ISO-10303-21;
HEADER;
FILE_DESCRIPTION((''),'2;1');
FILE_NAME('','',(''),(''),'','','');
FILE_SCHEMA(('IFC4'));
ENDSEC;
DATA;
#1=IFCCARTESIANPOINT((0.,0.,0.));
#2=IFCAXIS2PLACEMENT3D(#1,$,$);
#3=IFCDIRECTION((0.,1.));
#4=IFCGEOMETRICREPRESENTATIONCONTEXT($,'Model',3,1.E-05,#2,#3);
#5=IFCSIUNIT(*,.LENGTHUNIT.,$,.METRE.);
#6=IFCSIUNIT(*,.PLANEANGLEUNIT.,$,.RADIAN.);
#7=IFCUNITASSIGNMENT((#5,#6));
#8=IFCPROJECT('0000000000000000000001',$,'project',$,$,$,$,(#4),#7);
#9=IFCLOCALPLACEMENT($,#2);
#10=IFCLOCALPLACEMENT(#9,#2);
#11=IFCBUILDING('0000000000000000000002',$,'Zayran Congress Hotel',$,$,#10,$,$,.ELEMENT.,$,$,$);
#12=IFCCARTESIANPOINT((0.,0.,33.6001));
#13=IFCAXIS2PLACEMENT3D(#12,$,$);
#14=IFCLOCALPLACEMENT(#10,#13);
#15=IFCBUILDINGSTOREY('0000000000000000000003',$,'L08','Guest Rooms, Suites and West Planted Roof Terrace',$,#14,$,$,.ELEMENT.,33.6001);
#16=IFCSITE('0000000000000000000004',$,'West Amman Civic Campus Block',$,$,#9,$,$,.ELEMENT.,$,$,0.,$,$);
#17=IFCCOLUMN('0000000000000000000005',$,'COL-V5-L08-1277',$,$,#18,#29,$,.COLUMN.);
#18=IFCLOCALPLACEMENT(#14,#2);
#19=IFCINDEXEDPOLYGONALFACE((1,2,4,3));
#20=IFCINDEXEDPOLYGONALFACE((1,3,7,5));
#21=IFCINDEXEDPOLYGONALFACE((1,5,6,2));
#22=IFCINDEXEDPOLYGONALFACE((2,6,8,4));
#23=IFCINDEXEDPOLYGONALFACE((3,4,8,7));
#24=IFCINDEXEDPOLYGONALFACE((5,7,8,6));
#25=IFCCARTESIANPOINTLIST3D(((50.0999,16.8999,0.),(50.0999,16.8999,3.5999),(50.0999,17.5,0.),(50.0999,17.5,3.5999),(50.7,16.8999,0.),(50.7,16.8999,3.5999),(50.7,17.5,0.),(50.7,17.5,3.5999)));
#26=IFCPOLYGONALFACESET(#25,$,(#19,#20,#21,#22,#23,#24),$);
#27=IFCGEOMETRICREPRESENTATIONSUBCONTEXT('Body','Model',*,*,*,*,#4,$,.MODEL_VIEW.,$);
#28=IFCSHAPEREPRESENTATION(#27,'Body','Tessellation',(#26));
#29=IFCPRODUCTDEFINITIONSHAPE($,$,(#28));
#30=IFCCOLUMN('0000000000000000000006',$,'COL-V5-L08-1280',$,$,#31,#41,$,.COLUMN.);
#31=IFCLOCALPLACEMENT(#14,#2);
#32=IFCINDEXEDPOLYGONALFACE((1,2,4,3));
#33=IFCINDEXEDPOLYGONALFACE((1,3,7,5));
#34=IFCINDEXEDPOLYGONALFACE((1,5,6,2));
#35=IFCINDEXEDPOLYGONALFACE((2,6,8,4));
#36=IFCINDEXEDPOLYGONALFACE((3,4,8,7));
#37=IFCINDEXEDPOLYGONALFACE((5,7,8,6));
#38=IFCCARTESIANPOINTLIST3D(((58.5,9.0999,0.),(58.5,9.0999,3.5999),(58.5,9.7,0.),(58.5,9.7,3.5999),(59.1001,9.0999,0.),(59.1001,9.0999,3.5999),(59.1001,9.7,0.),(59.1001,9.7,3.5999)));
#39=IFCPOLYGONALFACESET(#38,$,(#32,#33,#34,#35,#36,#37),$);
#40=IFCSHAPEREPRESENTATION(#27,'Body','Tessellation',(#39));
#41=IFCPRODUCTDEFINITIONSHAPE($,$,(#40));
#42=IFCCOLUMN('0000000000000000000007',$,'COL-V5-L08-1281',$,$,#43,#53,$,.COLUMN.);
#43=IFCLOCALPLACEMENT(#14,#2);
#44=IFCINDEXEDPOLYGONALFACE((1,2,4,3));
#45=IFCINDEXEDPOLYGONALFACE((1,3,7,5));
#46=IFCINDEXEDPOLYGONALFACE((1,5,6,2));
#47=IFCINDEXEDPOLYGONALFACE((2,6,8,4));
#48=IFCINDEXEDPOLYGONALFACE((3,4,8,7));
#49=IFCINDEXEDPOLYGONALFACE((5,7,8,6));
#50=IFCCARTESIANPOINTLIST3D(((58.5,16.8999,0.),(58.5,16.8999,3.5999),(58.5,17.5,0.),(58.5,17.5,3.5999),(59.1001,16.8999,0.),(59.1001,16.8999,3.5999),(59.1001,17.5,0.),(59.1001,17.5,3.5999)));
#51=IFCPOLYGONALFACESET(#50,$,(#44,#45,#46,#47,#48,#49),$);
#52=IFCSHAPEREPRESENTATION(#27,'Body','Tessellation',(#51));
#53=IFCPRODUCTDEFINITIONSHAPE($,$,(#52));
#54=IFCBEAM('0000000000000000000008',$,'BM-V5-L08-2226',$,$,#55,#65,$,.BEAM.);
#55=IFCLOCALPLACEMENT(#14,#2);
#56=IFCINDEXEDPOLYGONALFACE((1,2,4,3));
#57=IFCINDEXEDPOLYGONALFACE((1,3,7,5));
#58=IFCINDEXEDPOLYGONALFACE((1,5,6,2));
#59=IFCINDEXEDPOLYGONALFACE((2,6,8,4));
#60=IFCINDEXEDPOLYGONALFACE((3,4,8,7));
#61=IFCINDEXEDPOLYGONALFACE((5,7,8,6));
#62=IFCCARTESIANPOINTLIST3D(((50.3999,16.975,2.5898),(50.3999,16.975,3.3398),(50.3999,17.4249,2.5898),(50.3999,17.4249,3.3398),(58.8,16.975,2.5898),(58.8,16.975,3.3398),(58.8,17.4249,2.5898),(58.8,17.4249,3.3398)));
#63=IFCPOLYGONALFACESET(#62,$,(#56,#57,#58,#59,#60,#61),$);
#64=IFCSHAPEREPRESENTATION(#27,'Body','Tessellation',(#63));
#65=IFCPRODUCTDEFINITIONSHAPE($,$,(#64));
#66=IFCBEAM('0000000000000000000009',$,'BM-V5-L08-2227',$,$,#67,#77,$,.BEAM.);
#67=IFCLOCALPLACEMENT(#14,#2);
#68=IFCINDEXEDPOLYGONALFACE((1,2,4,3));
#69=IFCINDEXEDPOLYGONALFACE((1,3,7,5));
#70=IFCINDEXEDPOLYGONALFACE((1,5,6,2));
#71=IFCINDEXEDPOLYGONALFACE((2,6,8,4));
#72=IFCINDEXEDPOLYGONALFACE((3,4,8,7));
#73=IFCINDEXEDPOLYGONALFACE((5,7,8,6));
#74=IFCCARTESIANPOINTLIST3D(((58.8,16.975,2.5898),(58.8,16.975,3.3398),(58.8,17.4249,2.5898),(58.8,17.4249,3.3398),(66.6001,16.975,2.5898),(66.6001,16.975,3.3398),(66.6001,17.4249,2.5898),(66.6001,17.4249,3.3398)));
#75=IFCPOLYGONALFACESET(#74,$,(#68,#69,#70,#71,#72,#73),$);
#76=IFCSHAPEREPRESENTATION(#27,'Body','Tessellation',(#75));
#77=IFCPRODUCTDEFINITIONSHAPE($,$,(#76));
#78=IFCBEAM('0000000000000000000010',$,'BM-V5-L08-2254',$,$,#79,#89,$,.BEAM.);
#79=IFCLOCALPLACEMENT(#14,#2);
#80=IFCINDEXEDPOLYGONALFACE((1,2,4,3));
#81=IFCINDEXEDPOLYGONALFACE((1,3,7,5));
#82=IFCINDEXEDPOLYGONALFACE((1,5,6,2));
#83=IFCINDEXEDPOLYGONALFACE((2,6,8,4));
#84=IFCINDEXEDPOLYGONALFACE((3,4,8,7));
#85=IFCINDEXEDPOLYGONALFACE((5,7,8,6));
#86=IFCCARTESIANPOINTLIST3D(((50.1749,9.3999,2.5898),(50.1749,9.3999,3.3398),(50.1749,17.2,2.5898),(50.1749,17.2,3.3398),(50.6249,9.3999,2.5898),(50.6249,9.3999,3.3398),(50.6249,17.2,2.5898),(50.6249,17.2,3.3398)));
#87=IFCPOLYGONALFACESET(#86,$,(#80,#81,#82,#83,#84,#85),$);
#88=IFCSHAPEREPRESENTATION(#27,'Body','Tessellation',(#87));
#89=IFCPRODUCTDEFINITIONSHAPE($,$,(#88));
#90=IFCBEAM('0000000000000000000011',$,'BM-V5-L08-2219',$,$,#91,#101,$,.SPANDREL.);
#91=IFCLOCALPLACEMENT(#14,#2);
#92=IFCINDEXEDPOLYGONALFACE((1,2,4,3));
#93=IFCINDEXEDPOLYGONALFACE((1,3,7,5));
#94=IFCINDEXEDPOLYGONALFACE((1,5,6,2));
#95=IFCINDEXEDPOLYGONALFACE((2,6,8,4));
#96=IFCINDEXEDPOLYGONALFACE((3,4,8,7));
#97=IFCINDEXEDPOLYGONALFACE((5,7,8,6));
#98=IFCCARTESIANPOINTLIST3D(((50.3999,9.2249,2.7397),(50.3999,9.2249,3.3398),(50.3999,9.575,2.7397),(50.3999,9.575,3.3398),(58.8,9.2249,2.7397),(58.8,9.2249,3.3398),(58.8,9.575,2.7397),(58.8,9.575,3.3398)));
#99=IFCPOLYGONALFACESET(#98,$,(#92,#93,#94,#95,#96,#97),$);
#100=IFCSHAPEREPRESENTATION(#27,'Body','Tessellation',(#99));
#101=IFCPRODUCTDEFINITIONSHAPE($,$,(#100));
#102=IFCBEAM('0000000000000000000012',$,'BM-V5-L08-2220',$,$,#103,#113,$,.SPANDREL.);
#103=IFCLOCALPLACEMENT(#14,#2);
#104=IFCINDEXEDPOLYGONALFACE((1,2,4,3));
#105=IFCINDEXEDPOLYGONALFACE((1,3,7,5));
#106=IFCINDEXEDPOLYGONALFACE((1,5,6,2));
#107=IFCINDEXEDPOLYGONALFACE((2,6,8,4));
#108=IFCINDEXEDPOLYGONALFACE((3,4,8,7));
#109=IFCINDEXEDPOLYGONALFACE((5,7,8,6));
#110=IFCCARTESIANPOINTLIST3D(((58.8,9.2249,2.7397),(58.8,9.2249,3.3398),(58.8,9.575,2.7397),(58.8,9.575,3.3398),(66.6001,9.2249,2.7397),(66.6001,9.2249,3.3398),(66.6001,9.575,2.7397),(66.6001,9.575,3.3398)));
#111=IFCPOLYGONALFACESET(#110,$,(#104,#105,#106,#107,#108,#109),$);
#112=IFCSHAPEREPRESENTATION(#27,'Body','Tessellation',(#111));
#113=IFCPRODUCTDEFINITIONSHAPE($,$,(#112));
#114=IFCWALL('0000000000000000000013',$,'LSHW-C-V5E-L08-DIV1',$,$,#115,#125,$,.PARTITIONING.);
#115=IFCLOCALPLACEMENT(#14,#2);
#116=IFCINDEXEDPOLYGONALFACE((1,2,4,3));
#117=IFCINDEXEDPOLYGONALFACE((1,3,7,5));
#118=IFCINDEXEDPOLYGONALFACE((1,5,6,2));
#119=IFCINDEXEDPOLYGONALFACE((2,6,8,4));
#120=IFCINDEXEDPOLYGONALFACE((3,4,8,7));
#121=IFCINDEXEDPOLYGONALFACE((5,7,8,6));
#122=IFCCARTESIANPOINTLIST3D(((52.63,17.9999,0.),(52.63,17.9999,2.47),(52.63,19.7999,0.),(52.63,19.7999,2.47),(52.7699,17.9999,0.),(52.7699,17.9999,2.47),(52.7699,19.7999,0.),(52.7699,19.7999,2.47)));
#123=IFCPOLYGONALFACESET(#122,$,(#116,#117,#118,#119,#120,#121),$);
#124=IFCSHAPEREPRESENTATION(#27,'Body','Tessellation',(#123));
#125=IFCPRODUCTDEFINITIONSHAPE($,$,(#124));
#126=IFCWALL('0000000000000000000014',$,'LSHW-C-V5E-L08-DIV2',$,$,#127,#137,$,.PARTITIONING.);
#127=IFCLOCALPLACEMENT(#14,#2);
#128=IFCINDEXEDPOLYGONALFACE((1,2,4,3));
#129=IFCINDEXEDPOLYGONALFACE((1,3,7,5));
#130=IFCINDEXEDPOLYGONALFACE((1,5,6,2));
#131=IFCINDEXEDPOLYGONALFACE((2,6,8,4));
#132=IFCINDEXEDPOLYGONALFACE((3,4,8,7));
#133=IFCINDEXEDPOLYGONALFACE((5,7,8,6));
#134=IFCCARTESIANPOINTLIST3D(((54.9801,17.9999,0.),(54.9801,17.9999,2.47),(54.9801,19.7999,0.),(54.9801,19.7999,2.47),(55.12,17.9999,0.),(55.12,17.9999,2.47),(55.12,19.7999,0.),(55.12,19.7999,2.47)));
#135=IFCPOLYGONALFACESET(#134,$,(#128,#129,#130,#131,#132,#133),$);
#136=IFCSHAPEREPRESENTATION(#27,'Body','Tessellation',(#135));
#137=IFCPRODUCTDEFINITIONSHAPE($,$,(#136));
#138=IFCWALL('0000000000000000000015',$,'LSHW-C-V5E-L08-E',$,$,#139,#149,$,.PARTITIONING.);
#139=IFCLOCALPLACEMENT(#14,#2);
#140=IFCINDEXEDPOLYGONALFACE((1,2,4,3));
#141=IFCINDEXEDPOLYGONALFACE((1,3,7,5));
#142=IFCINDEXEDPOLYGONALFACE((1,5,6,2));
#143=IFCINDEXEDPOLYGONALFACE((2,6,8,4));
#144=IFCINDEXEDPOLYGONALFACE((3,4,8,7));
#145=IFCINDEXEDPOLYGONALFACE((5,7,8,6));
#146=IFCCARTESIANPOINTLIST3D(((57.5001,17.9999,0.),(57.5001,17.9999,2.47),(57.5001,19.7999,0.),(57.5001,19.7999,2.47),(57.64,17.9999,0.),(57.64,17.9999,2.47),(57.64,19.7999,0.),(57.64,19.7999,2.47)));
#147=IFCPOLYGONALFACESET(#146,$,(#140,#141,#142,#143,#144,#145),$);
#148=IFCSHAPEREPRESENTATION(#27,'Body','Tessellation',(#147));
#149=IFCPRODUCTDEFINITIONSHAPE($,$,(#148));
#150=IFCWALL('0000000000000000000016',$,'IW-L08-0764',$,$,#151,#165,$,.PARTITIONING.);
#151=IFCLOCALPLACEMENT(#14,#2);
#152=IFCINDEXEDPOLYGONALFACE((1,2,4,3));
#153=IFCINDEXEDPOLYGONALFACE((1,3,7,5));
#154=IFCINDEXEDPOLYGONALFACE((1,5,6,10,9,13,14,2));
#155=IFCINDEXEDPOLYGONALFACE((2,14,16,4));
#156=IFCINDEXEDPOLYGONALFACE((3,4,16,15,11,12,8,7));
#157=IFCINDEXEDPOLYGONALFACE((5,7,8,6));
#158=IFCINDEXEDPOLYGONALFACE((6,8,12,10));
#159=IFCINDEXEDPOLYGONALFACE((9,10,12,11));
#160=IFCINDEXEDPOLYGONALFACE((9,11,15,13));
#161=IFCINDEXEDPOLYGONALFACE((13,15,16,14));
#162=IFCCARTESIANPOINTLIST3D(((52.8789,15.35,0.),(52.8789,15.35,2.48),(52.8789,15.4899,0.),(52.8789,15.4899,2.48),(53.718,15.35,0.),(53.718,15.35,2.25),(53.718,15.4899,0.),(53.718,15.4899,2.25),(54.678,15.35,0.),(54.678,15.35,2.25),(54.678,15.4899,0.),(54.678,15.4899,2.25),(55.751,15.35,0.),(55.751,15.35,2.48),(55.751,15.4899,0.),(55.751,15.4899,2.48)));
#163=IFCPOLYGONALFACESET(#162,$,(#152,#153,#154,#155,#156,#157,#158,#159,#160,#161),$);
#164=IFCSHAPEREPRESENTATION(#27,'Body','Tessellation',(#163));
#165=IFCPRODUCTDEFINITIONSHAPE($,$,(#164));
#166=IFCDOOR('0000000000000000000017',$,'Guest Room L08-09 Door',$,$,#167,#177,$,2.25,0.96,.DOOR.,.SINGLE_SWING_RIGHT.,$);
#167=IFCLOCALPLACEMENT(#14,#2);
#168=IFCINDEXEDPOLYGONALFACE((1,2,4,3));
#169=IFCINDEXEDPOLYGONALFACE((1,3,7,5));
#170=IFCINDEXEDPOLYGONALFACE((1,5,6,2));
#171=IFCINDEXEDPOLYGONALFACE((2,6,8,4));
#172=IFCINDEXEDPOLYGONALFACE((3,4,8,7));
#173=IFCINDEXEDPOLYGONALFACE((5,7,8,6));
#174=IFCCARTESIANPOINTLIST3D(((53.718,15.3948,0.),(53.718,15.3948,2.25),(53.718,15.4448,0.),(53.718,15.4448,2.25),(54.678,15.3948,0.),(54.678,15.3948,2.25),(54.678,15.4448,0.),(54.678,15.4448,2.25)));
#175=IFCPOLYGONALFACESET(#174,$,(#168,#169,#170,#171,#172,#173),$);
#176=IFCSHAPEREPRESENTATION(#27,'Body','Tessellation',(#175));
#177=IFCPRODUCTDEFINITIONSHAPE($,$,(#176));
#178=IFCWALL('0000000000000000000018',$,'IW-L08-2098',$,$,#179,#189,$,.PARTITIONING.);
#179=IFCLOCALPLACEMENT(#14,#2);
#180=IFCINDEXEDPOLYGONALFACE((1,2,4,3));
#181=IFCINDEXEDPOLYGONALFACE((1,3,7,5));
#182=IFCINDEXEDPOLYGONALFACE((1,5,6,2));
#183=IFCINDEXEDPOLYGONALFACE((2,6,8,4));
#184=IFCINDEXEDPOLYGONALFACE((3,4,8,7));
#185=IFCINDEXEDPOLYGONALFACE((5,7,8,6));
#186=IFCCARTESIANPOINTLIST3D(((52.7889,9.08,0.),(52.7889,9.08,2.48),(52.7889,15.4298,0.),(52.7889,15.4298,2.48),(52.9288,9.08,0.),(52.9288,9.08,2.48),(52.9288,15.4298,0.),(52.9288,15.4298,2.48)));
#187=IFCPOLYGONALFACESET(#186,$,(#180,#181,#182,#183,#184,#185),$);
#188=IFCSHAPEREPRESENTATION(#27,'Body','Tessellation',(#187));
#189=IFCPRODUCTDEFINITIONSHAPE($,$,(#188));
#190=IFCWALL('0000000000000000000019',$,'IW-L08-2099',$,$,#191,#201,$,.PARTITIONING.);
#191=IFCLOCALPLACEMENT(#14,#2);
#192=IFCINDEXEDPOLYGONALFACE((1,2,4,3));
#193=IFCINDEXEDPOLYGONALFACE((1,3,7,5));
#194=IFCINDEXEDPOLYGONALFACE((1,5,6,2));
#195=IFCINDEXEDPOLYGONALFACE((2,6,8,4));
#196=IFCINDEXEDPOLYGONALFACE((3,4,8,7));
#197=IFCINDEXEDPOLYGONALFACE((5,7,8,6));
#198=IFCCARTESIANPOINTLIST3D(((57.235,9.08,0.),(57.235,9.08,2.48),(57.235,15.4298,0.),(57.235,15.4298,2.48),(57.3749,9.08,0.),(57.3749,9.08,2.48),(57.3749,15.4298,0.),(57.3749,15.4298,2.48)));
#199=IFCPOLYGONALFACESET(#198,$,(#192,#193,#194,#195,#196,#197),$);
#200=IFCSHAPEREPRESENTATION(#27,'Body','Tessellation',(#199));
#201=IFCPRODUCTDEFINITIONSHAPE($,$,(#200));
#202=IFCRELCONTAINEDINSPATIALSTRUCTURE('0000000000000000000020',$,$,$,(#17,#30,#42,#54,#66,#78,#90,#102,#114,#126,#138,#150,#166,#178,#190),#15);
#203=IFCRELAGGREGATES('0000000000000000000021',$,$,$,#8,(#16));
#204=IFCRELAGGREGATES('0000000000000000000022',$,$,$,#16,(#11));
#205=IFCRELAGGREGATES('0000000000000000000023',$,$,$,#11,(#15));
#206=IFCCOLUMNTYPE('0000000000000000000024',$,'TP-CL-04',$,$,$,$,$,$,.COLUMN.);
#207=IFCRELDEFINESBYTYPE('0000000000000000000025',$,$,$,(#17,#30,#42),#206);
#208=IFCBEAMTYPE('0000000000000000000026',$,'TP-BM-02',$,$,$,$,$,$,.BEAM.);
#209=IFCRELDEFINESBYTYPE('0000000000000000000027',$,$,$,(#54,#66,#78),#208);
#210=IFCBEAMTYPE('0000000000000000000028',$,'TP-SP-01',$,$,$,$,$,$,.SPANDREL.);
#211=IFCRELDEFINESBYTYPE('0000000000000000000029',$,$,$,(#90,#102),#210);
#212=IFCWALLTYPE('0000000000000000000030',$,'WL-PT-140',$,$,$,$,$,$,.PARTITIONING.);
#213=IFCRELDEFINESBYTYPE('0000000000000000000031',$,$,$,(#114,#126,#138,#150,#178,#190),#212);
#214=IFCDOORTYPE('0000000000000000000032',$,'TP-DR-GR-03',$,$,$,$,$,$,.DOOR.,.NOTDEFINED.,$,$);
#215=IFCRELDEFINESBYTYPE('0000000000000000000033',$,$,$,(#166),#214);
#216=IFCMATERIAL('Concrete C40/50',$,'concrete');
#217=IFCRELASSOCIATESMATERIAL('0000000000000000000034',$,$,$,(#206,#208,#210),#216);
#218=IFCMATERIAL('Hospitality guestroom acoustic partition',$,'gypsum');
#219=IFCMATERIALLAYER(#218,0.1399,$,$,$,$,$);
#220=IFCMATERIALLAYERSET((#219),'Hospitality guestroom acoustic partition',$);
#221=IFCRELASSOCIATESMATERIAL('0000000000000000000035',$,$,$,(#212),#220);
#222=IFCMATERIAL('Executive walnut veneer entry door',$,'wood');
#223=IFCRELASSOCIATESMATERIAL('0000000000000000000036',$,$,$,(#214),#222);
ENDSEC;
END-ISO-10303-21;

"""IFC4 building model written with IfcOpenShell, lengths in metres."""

from ifc_helpers import new_model, si_unit, direction, frame, frame_2d, origin, origin_2d, place, context, subcontext, project, spatial, rectangle, extrude, material, layer, layer_set, material_profile, profile_set, type_object, element, fill, save


model = new_model("IFC4")

# Units and contexts
model_context = context("Model", 3, precision=1e-05, world=origin(), true_north=direction((0.0, 1.0)))
body_context = subcontext(model_context, "Body", "Model", "MODEL_VIEW")
ifc_project = project(units=[si_unit("LENGTHUNIT", "METRE"), si_unit("PLANEANGLEUNIT", "RADIAN")], contexts=[model_context])

# Site, building, storey
site_placement = place(None, origin())
site = spatial("IfcSite", under=ifc_project, at=site_placement, Name="West Amman Civic Campus Block", CompositionType="ELEMENT", RefElevation=0.0)
building_placement = place(site_placement, origin())
building = spatial("IfcBuilding", under=site, at=building_placement, Name="Zayran Congress Hotel", CompositionType="ELEMENT")
storey_placement = place(building_placement, frame((0.0, 0.0, 33.6001)))
storey = spatial("IfcBuildingStorey", under=building, at=storey_placement, Name="L08", Description="Guest Rooms, Suites and West Planted Roof Terrace", CompositionType="ELEMENT", Elevation=33.6001)

# Columns
ifc_material_1 = material(Name="Concrete C40/50", Category="concrete")
ifc_material_profile_1 = material_profile(ifc_material_1, rectangle(XDim=0.6001, YDim=0.6001, at=origin_2d()), Name="RC 600x600")
ifc_profile_set_1 = profile_set([ifc_material_profile_1], Name="Concrete C40/50")
column_type = type_object("IfcColumnType", Name="TP-CL-04", PredefinedType="COLUMN", material=ifc_profile_set_1)
for number, where, z_axis, x_axis, name in (
    (1, (50.3999, 17.2, 0.0), (0.0, 0.0, 1.0), (1.0, 0.0, 0.0), "COL-V5-L08-1277"),
    (2, (58.8, 9.3999, 0.0), (0.0, 0.0, 1.0), (1.0, 0.0, 0.0), "COL-V5-L08-1280"),
    (3, (58.8, 17.2, 0.0), (0.0, 0.0, 1.0), (1.0, 0.0, 0.0), "COL-V5-L08-1281"),
):
    element("IfcColumn", number, at=place(storey_placement, frame(where, z_axis=z_axis, x_axis=x_axis)), inside=storey, type_object=column_type, Name=name, PredefinedType="COLUMN", context=body_context, shape_type="SweptSolid", body=[
        extrude(rectangle(XDim=0.6001, YDim=0.6001, at=origin_2d()), origin(), (0.0, 0.0, 1.0), 3.5999),
    ])

# Beams
ifc_material_profile_2 = material_profile(ifc_material_1, rectangle(XDim=0.45, YDim=0.75, at=origin_2d()), Name="RC 450x750")
ifc_profile_set_2 = profile_set([ifc_material_profile_2], Name="Concrete C40/50")
beam_type_1 = type_object("IfcBeamType", Name="TP-BM-02", PredefinedType="BEAM", material=ifc_profile_set_2)
beam_1_placement = place(storey_placement, frame((50.3999, 17.2, 2.9648), z_axis=(1.0, 0.0, 0.0), x_axis=(0.0, 1.0, 0.0)))
element("IfcBeam", 4, at=beam_1_placement, inside=storey, type_object=beam_type_1, Name="BM-V5-L08-2226", PredefinedType="BEAM", context=body_context, shape_type="SweptSolid", body=[
    extrude(rectangle(XDim=0.45, YDim=0.75, at=origin_2d()), origin(), (0.0, 0.0, 1.0), 8.4001),
])
for number, where, z_axis, x_axis, name in (
    (5, (58.8, 17.2, 2.9648), (1.0, 0.0, 0.0), (0.0, 1.0, 0.0), "BM-V5-L08-2227"),
    (6, (50.3999, 9.3999, 2.9648), (0.0, 1.0, 0.0), (-1.0, 0.0, 0.0), "BM-V5-L08-2254"),
):
    element("IfcBeam", number, at=place(storey_placement, frame(where, z_axis=z_axis, x_axis=x_axis)), inside=storey, type_object=beam_type_1, Name=name, PredefinedType="BEAM", context=body_context, shape_type="SweptSolid", body=[
        extrude(rectangle(XDim=0.45, YDim=0.75, at=origin_2d()), origin(), (0.0, 0.0, 1.0), 7.8),
    ])
ifc_material_profile_3 = material_profile(ifc_material_1, rectangle(XDim=0.3501, YDim=0.6001, at=origin_2d()), Name="RC 350x600")
ifc_profile_set_3 = profile_set([ifc_material_profile_3], Name="Concrete C40/50")
beam_type_2 = type_object("IfcBeamType", Name="TP-SP-01", PredefinedType="SPANDREL", material=ifc_profile_set_3)
beam_2_placement = place(storey_placement, frame((50.3999, 9.3999, 3.0398), z_axis=(1.0, 0.0, 0.0), x_axis=(0.0, 1.0, 0.0)))
element("IfcBeam", 7, at=beam_2_placement, inside=storey, type_object=beam_type_2, Name="BM-V5-L08-2219", PredefinedType="SPANDREL", context=body_context, shape_type="SweptSolid", body=[
    extrude(rectangle(XDim=0.3501, YDim=0.6001, at=origin_2d()), origin(), (0.0, 0.0, 1.0), 8.4001),
])
beam_3_placement = place(storey_placement, frame((58.8, 9.3999, 3.0398), z_axis=(1.0, 0.0, 0.0), x_axis=(0.0, 1.0, 0.0)))
element("IfcBeam", 8, at=beam_3_placement, inside=storey, type_object=beam_type_2, Name="BM-V5-L08-2220", PredefinedType="SPANDREL", context=body_context, shape_type="SweptSolid", body=[
    extrude(rectangle(XDim=0.3501, YDim=0.6001, at=origin_2d()), origin(), (0.0, 0.0, 1.0), 7.8),
])

# Walls
ifc_material_2 = material(Name="Hospitality guestroom acoustic partition", Category="gypsum")
ifc_layer_1 = layer(ifc_material_2, 0.1399)
ifc_layer_set_1 = layer_set([ifc_layer_1], Name="Hospitality guestroom acoustic partition")
wall_type_1 = type_object("IfcWallType", Name="WL-PT-140", PredefinedType="PARTITIONING", material=ifc_layer_set_1)
for number, where, z_axis, x_axis, name in (
    (9, (52.7, 18.0, 0.0), (0.0, 0.0, 1.0), (0.0, 1.0, 0.0), "LSHW-C-V5E-L08-DIV1"),
    (10, (55.05, 18.0, 0.0), (0.0, 0.0, 1.0), (0.0, 1.0, 0.0), "LSHW-C-V5E-L08-DIV2"),
    (11, (57.5701, 18.0, 0.0), (0.0, 0.0, 1.0), (0.0, 1.0, 0.0), "LSHW-C-V5E-L08-E"),
):
    element("IfcWall", number, at=place(storey_placement, frame(where, z_axis=z_axis, x_axis=x_axis)), inside=storey, type_object=wall_type_1, Name=name, PredefinedType="PARTITIONING", context=body_context, shape_type="SweptSolid", body=[
        extrude(rectangle(XDim=1.8, YDim=0.1399, at=frame_2d((0.8999, 0.0))), origin(), (0.0, 0.0, 1.0), 2.47),
    ])

# Wall, opening, door
wall_1_placement = place(storey_placement, frame((52.8789, 15.4199, 0.0), z_axis=(0.0, 0.0, 1.0), x_axis=(1.0, 0.0, 0.0)))
wall_1 = element("IfcWall", 12, at=wall_1_placement, inside=storey, type_object=wall_type_1, Name="IW-L08-0764", PredefinedType="PARTITIONING", context=body_context, shape_type="SweptSolid", body=[
    extrude(rectangle(XDim=2.8721, YDim=0.1399, at=frame_2d((1.436, 0.0))), origin(), (0.0, 0.0, 1.0), 2.48),
])
opening_1_placement = place(wall_1_placement, frame((0.8391, 0.0, 0.0)))
opening_1 = element("IfcOpeningElement", 13, at=opening_1_placement, cuts=wall_1, PredefinedType="OPENING", context=body_context, shape_type="SweptSolid", body=[
    extrude(rectangle(XDim=0.96, YDim=2.25, at=frame_2d((0.48, 1.125))), frame((0.0, 0.0798, 0.0), z_axis=(0.0, -1.0, 0.0), x_axis=(1.0, 0.0, 0.0)), (0.0, 0.0, 1.0), 0.1599),
])
ifc_material_3 = material(Name="Executive walnut veneer entry door", Category="wood")
door_type_1 = type_object("IfcDoorType", Name="TP-DR-GR-03", OperationType="NOTDEFINED", PredefinedType="DOOR", material=ifc_material_3)
door_1_placement = place(opening_1_placement, origin())
door_1 = element("IfcDoor", 14, at=door_1_placement, inside=storey, type_object=door_type_1, Name="Guest Room L08-09 Door", OperationType="SINGLE_SWING_RIGHT", OverallHeight=2.25, OverallWidth=0.96, PredefinedType="DOOR", context=body_context, shape_type="SweptSolid", body=[
    extrude(rectangle(XDim=0.96, YDim=2.25, at=frame_2d((0.48, 1.125))), frame((0.0, 0.0249, 0.0), z_axis=(0.0, -1.0, 0.0), x_axis=(1.0, 0.0, 0.0)), (0.0, 0.0, 1.0), 0.05),
])
fill(opening_1, door_1)

# Walls
for number, where, z_axis, x_axis, name in (
    (15, (52.8589, 9.0801, 0.0), (0.0, 0.0, 1.0), (0.0, 1.0, 0.0), "IW-L08-2098"),
    (16, (57.3049, 9.0801, 0.0), (0.0, 0.0, 1.0), (0.0, 1.0, 0.0), "IW-L08-2099"),
):
    element("IfcWall", number, at=place(storey_placement, frame(where, z_axis=z_axis, x_axis=x_axis)), inside=storey, type_object=wall_type_1, Name=name, PredefinedType="PARTITIONING", context=body_context, shape_type="SweptSolid", body=[
        extrude(rectangle(XDim=6.3499, YDim=0.1399, at=frame_2d((3.1748, 0.0))), origin(), (0.0, 0.0, 1.0), 2.48),
    ])

save(model, "model.ifc")
